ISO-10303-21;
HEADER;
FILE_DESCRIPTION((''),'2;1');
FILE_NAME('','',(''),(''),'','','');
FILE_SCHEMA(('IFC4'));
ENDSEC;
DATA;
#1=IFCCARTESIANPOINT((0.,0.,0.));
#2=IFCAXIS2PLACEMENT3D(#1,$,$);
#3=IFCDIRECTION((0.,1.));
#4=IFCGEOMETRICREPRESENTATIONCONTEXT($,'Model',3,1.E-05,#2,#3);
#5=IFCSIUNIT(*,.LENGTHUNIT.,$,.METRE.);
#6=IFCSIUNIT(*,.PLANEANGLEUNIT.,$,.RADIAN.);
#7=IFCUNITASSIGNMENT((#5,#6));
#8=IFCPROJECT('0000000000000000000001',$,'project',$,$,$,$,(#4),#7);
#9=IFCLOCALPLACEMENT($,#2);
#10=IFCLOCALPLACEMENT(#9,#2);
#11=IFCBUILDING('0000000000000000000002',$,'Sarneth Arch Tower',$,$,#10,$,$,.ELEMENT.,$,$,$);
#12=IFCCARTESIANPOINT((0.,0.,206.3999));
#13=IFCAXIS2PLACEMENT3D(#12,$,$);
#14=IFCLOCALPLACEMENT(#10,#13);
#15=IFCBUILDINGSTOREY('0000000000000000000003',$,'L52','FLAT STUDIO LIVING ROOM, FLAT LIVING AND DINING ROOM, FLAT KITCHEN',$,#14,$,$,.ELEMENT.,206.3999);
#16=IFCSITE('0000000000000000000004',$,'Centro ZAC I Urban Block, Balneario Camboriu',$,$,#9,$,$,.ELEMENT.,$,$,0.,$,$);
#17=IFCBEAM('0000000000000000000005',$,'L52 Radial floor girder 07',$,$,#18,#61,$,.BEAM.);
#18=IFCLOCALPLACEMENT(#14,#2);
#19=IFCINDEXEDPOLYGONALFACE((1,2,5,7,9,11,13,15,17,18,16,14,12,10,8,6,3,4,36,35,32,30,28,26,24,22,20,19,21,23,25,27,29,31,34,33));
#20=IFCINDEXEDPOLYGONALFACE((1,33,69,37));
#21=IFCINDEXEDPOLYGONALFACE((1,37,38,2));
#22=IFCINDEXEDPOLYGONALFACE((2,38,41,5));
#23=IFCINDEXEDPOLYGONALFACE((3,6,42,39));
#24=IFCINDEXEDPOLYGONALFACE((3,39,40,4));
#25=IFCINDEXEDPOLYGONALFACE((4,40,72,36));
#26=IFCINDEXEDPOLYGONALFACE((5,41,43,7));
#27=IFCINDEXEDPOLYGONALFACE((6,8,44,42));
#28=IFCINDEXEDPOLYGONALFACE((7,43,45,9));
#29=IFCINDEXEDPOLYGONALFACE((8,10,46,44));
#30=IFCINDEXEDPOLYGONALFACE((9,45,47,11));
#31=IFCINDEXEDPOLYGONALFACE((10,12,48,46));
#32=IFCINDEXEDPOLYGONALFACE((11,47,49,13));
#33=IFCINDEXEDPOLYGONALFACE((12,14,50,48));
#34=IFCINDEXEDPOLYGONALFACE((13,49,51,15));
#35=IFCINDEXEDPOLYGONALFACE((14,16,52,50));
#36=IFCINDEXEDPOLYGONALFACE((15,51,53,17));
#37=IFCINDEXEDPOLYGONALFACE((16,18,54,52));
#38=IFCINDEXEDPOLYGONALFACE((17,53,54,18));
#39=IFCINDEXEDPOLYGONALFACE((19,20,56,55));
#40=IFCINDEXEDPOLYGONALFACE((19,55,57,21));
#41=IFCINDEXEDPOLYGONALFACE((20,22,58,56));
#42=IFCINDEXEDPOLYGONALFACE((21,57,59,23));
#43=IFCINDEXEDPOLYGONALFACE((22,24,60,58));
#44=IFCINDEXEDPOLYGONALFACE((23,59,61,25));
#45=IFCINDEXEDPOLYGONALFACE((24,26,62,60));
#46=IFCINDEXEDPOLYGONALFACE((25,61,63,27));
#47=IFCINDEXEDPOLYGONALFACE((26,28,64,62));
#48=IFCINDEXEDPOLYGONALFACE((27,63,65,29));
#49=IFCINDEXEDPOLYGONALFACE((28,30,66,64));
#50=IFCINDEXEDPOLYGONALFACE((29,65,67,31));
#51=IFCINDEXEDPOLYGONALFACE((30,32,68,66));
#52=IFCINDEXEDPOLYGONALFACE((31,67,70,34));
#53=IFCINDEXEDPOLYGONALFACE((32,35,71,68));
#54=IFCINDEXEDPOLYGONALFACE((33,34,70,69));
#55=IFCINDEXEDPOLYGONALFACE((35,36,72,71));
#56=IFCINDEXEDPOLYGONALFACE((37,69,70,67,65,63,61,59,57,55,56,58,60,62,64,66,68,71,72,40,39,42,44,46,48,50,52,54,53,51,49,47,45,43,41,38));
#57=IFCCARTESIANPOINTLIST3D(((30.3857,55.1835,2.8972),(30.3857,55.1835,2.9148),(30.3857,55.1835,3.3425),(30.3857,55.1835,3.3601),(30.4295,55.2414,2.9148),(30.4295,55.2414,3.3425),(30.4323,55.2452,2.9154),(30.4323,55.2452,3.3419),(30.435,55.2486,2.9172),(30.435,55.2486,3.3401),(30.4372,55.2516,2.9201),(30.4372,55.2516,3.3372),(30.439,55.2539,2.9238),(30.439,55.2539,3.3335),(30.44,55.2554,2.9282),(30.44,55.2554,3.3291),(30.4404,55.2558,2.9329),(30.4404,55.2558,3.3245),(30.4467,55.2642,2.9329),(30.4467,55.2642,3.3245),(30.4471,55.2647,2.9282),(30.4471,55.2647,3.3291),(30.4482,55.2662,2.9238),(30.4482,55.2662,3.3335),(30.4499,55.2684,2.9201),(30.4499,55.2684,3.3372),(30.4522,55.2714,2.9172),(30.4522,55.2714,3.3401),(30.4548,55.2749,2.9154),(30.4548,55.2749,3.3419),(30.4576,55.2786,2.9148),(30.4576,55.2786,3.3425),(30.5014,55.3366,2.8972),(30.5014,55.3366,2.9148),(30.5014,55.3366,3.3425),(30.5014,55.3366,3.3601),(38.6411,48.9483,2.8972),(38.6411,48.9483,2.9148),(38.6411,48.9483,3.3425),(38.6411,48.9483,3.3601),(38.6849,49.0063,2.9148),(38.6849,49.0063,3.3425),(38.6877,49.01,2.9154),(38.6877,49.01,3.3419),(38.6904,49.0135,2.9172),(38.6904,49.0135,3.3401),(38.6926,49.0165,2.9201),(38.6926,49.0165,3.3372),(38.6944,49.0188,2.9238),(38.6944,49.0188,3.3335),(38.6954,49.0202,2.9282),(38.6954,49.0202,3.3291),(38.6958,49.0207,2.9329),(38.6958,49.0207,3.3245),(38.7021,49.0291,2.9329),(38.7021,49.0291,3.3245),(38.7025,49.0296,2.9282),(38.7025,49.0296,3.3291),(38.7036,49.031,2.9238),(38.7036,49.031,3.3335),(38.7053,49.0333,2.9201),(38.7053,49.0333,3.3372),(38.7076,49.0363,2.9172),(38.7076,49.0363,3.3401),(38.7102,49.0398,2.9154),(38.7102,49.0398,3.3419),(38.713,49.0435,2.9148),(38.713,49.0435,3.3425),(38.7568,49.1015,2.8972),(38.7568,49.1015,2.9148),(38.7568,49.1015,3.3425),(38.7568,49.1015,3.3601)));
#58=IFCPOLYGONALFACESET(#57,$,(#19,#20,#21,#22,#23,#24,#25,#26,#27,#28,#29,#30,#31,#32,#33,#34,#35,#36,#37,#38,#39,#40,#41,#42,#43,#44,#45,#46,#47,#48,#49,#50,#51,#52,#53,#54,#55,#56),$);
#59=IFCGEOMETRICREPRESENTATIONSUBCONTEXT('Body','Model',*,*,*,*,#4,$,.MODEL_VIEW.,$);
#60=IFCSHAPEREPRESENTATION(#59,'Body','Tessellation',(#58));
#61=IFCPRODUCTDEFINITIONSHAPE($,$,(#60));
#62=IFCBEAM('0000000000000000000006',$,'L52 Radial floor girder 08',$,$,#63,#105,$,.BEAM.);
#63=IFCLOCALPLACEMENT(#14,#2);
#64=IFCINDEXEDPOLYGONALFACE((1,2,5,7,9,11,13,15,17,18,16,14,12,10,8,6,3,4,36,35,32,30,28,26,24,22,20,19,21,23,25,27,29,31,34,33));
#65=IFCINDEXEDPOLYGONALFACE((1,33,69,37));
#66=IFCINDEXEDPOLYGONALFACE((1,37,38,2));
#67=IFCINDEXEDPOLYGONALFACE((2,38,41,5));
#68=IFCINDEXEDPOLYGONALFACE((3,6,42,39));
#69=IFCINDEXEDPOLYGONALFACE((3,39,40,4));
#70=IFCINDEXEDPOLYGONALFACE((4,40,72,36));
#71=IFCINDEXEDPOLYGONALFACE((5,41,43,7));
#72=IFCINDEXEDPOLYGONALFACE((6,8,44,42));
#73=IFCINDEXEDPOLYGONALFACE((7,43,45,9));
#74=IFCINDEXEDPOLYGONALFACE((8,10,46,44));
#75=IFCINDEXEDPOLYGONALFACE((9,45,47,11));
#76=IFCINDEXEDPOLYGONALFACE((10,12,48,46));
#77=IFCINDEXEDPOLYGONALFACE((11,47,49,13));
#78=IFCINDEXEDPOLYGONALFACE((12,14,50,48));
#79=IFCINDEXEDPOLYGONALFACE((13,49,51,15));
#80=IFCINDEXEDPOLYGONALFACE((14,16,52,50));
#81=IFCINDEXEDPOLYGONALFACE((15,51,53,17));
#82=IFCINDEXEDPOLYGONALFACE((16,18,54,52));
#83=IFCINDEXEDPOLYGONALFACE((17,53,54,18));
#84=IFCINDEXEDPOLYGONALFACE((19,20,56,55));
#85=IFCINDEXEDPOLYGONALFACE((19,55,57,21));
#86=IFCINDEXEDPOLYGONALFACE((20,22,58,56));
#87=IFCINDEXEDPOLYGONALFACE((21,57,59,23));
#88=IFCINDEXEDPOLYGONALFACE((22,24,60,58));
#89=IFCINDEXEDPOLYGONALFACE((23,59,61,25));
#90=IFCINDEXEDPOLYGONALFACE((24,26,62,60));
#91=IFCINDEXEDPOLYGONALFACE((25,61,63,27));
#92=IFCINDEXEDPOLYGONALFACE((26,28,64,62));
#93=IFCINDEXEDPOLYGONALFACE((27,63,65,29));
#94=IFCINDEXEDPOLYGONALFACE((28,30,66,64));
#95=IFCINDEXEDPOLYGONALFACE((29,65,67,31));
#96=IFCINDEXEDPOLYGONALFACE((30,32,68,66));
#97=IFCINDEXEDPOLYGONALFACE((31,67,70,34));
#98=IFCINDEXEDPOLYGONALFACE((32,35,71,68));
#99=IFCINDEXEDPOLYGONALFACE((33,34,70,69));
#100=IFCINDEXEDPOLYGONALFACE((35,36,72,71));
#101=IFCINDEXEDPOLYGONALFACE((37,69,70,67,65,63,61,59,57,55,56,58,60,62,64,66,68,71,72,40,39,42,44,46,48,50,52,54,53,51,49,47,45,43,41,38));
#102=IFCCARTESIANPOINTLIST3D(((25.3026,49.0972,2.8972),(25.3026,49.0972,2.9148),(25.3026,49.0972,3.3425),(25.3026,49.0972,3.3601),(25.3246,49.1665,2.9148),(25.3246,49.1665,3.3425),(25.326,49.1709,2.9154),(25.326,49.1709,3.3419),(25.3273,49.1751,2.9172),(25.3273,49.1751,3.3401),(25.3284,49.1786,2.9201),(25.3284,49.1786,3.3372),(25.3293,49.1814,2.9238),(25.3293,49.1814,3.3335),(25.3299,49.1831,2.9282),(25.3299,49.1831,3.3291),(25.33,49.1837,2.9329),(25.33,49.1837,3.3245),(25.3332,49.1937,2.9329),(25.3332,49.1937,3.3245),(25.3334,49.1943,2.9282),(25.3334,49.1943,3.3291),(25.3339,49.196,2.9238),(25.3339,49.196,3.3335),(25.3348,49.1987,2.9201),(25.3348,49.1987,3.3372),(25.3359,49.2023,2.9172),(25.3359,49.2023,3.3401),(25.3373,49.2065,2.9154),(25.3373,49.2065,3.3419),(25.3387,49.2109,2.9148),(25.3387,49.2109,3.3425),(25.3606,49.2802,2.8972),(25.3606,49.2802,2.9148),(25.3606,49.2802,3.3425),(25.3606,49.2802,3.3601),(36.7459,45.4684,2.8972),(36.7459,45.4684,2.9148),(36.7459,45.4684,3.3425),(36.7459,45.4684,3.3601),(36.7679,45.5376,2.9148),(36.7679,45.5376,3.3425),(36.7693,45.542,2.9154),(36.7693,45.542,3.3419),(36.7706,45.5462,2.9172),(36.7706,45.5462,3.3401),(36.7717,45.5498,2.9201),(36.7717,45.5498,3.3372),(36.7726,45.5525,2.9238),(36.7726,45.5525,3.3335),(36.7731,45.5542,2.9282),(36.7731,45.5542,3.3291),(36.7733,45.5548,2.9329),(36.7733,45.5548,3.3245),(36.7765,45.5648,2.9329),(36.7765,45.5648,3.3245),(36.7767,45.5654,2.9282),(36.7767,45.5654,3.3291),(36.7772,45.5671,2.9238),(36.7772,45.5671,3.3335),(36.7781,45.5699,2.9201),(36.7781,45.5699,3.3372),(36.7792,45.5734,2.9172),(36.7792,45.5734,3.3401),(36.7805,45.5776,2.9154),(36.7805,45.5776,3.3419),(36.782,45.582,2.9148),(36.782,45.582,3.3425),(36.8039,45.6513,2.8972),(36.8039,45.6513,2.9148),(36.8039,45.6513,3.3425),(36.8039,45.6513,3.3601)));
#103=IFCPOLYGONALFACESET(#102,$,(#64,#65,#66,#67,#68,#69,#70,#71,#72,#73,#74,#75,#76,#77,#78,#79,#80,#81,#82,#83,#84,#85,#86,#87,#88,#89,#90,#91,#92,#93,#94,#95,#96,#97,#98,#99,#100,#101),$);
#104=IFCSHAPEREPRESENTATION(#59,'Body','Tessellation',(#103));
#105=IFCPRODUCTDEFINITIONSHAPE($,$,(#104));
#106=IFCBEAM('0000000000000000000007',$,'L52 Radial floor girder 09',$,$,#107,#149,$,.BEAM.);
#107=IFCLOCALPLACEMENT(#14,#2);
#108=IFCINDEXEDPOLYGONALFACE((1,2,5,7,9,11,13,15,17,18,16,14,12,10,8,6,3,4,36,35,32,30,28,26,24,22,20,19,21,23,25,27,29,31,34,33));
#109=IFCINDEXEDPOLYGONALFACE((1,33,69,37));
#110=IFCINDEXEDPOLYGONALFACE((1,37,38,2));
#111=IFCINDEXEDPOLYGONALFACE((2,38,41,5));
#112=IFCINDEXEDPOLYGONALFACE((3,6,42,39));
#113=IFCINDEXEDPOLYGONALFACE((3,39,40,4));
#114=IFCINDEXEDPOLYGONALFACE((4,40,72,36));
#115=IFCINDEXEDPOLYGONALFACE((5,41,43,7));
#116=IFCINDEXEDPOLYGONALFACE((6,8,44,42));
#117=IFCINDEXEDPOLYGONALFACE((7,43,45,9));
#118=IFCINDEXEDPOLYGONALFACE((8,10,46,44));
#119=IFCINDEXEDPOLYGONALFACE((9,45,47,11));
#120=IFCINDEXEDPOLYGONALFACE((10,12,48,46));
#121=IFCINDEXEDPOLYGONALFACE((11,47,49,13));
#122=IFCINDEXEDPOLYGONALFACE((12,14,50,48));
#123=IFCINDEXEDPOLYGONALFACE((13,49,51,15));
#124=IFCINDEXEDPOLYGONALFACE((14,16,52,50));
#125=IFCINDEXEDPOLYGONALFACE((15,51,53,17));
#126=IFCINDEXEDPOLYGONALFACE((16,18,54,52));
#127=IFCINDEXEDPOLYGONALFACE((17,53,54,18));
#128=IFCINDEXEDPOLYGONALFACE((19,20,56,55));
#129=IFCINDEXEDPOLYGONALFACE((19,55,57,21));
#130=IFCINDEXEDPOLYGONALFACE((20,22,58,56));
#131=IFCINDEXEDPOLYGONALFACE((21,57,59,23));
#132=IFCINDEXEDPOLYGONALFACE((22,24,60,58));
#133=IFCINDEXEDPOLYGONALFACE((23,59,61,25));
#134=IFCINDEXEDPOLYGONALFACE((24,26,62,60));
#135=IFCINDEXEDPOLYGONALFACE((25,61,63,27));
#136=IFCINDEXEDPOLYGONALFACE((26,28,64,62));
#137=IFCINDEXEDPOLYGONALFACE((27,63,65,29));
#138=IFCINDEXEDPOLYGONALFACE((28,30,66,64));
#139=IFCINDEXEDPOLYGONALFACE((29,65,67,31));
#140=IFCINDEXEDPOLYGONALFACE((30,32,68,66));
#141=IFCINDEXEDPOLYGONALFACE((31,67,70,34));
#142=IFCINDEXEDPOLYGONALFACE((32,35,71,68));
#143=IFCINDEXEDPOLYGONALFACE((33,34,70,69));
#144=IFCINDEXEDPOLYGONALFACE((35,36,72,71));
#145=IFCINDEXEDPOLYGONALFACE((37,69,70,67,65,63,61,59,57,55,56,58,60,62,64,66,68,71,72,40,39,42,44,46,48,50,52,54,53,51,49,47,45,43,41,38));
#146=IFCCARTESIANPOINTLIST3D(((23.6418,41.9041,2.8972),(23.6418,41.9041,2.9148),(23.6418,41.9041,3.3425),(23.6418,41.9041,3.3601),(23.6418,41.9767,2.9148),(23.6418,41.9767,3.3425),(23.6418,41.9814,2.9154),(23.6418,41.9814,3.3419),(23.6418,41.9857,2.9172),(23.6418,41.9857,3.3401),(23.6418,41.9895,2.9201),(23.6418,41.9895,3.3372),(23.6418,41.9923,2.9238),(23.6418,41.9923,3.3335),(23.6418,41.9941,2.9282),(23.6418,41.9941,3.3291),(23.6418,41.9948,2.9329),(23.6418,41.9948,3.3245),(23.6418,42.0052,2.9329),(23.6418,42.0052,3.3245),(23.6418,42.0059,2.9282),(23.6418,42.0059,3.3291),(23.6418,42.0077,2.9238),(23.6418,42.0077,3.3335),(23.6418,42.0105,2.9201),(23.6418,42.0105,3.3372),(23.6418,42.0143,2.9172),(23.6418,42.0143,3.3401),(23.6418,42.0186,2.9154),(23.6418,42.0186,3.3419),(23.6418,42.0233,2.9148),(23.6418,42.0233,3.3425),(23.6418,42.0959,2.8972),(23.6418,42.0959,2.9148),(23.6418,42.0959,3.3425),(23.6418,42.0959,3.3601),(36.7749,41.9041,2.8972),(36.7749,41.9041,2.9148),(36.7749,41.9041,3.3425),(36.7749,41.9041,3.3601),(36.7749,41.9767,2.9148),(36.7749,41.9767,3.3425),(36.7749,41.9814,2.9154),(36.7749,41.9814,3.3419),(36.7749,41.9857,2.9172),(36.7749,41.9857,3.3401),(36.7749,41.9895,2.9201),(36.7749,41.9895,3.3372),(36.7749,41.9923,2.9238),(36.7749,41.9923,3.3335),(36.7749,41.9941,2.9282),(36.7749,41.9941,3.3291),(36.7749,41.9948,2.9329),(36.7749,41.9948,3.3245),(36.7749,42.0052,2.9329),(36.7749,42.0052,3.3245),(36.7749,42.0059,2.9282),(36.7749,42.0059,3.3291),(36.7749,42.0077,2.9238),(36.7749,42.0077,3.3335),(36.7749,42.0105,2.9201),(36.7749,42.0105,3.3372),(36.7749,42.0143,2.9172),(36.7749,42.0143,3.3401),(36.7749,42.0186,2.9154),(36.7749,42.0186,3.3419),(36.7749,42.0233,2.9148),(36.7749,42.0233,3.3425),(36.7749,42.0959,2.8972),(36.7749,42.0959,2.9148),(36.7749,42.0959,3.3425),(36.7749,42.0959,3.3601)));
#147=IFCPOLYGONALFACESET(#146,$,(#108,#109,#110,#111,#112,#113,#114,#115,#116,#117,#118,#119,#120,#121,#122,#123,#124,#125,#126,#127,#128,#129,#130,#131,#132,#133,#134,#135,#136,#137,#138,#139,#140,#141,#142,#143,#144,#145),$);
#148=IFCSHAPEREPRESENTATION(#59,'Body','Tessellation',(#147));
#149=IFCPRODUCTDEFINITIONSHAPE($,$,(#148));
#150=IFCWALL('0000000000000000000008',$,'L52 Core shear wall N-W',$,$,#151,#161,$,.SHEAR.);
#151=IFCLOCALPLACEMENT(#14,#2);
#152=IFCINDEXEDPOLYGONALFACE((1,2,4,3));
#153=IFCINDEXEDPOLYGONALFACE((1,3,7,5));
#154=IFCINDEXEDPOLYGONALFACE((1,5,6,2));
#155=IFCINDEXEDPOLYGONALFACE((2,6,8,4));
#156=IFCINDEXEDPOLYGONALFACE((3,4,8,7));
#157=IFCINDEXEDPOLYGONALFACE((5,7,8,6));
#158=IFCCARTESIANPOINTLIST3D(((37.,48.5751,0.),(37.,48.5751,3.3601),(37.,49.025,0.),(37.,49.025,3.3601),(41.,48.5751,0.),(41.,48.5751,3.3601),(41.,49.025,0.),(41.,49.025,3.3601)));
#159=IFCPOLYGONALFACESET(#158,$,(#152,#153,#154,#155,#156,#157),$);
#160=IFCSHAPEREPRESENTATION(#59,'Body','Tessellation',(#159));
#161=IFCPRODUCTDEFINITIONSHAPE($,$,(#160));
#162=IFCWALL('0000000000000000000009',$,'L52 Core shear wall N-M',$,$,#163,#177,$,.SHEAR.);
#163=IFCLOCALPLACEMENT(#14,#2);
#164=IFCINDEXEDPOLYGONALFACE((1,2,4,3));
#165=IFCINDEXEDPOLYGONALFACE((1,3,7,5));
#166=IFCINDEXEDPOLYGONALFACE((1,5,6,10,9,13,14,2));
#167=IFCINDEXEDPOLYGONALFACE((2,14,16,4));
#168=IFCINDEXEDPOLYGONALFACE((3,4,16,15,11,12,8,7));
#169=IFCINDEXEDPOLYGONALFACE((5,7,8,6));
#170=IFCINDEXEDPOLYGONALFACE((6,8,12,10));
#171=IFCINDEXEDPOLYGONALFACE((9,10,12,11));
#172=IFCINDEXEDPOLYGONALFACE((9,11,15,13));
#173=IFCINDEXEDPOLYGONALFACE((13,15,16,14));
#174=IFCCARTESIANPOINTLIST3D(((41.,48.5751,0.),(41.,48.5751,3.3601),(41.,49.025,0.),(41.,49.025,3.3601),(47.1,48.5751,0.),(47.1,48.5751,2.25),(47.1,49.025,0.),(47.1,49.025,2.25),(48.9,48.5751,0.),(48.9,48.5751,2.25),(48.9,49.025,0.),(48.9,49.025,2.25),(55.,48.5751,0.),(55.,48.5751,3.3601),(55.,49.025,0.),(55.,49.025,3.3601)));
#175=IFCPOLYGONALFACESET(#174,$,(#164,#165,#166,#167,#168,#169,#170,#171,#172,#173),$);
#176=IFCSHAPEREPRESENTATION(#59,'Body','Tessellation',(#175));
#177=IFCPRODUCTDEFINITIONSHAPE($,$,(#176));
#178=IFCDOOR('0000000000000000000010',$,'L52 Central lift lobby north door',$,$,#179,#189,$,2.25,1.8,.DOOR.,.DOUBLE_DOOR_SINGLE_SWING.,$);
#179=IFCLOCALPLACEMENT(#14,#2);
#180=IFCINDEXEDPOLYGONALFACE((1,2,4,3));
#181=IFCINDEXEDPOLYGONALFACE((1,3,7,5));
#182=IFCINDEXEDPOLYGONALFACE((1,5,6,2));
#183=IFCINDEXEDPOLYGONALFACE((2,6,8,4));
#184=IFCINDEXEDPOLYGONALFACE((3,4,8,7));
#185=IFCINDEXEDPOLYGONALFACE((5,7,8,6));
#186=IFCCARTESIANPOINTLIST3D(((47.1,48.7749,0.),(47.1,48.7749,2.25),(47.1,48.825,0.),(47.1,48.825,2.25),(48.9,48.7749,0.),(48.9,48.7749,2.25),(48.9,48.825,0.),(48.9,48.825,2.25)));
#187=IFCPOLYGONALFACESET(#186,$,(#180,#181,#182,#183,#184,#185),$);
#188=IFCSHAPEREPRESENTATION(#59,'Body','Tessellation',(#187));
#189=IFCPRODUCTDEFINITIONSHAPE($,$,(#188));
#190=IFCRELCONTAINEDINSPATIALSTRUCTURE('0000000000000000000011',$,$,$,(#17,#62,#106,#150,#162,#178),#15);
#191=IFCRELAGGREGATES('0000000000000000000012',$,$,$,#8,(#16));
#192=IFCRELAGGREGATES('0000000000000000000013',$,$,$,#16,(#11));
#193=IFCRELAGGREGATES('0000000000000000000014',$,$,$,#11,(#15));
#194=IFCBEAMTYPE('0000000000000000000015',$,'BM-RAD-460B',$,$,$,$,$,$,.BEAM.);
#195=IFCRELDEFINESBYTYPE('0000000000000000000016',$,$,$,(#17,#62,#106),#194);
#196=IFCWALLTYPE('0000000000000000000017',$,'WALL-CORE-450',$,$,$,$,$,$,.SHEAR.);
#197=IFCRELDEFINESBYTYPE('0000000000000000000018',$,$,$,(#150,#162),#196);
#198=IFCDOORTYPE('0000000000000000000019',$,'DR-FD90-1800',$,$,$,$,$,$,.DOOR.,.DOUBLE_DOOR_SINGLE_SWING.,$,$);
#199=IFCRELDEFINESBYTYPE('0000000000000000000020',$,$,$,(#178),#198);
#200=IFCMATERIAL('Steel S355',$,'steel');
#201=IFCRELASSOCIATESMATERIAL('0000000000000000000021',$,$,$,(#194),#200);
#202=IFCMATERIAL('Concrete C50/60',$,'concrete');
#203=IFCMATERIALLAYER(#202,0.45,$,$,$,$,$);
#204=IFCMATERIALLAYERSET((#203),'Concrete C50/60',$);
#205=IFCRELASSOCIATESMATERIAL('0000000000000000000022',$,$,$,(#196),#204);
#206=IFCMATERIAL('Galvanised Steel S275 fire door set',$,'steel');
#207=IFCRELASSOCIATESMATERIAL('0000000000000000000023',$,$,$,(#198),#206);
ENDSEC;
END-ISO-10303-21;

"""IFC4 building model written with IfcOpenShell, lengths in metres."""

from ifc_helpers import new_model, si_unit, direction, frame, frame_2d, origin, origin_2d, place, context, subcontext, project, spatial, rectangle, i_section, extrude, material, layer, layer_set, material_profile, profile_set, type_object, element, fill, save


model = new_model("IFC4")

# Units and contexts
model_context = context("Model", 3, precision=1e-05, world=origin(), true_north=direction((0.0, 1.0)))
body_context = subcontext(model_context, "Body", "Model", "MODEL_VIEW")
ifc_project = project(units=[si_unit("LENGTHUNIT", "METRE"), si_unit("PLANEANGLEUNIT", "RADIAN")], contexts=[model_context])

# Site, building, storey
site_placement = place(None, origin())
site = spatial("IfcSite", under=ifc_project, at=site_placement, Name="Centro ZAC I Urban Block, Balneario Camboriu", CompositionType="ELEMENT", RefElevation=0.0)
building_placement = place(site_placement, origin())
building = spatial("IfcBuilding", under=site, at=building_placement, Name="Sarneth Arch Tower", CompositionType="ELEMENT")
storey_placement = place(building_placement, frame((0.0, 0.0, 206.3999)))
storey = spatial("IfcBuildingStorey", under=building, at=storey_placement, Name="L52", Description="FLAT STUDIO LIVING ROOM, FLAT LIVING AND DINING ROOM, FLAT KITCHEN", CompositionType="ELEMENT", Elevation=206.3999)

# Beams
ifc_material_1 = material(Name="Steel S355", Category="steel")
ifc_material_profile_1 = material_profile(ifc_material_1, i_section(OverallWidth=0.1919, OverallDepth=0.4629, WebThickness=0.0105, FlangeThickness=0.0176, FilletRadius=0.0181, at=origin_2d()), Name="W460x89")
ifc_profile_set_1 = profile_set([ifc_material_profile_1], Name="Steel S355")
beam_type_1 = type_object("IfcBeamType", Name="BM-RAD-460B", PredefinedType="BEAM", material=ifc_profile_set_1)
beam_1_placement = place(storey_placement, frame((38.699, 49.0249, 3.1287), z_axis=(-0.797974, 0.602693, 0.0), x_axis=(-0.602693, -0.797974, 0.0)))
element("IfcBeam", 1, at=beam_1_placement, inside=storey, type_object=beam_type_1, Name="L52 Radial floor girder 07", PredefinedType="BEAM", context=body_context, shape_type="SweptSolid", body=[
    extrude(i_section(OverallWidth=0.1919, OverallDepth=0.4629, WebThickness=0.0105, FlangeThickness=0.0176, FilletRadius=0.0181, at=origin_2d()), origin(), (0.0, 0.0, 1.0), 10.3455),
])
beam_2_placement = place(storey_placement, frame((36.7749, 45.5598, 3.1287), z_axis=(-0.953218, 0.302284, 0.0), x_axis=(-0.302284, -0.953218, 0.0)))
element("IfcBeam", 2, at=beam_2_placement, inside=storey, type_object=beam_type_1, Name="L52 Radial floor girder 08", PredefinedType="BEAM", context=body_context, shape_type="SweptSolid", body=[
    extrude(i_section(OverallWidth=0.1919, OverallDepth=0.4629, WebThickness=0.0105, FlangeThickness=0.0176, FilletRadius=0.0181, at=origin_2d()), origin(), (0.0, 0.0, 1.0), 12.0049),
])
beam_3_placement = place(storey_placement, frame((36.7749, 42.0, 3.1287), z_axis=(-1.0, 0.0, 0.0), x_axis=(0.0, -1.0, 0.0)))
element("IfcBeam", 3, at=beam_3_placement, inside=storey, type_object=beam_type_1, Name="L52 Radial floor girder 09", PredefinedType="BEAM", context=body_context, shape_type="SweptSolid", body=[
    extrude(i_section(OverallWidth=0.1919, OverallDepth=0.4629, WebThickness=0.0105, FlangeThickness=0.0176, FilletRadius=0.0181, at=origin_2d()), origin(), (0.0, 0.0, 1.0), 13.1331),
])

# Wall
ifc_material_2 = material(Name="Concrete C50/60", Category="concrete")
ifc_layer_1 = layer(ifc_material_2, 0.45)
ifc_layer_set_1 = layer_set([ifc_layer_1], Name="Concrete C50/60")
wall_type_1 = type_object("IfcWallType", Name="WALL-CORE-450", PredefinedType="SHEAR", material=ifc_layer_set_1)
wall_1_placement = place(storey_placement, frame((37.0, 48.8, 0.0), z_axis=(0.0, 0.0, 1.0), x_axis=(1.0, 0.0, 0.0)))
element("IfcWall", 4, at=wall_1_placement, inside=storey, type_object=wall_type_1, Name="L52 Core shear wall N-W", PredefinedType="SHEAR", context=body_context, shape_type="SweptSolid", body=[
    extrude(rectangle(XDim=4.0, YDim=0.45, at=frame_2d((2.0, 0.0))), origin(), (0.0, 0.0, 1.0), 3.3601),
])

# Wall, opening, door
wall_2_placement = place(storey_placement, frame((41.0, 48.8, 0.0), z_axis=(0.0, 0.0, 1.0), x_axis=(1.0, 0.0, 0.0)))
wall_2 = element("IfcWall", 5, at=wall_2_placement, inside=storey, type_object=wall_type_1, Name="L52 Core shear wall N-M", PredefinedType="SHEAR", context=body_context, shape_type="SweptSolid", body=[
    extrude(rectangle(XDim=14.0, YDim=0.45, at=frame_2d((7.0, 0.0))), origin(), (0.0, 0.0, 1.0), 3.3601),
])
opening_1_placement = place(wall_2_placement, frame((6.1001, 0.0, 0.0)))
opening_1 = element("IfcOpeningElement", 6, at=opening_1_placement, cuts=wall_2, PredefinedType="OPENING", context=body_context, shape_type="SweptSolid", body=[
    extrude(rectangle(XDim=1.8, YDim=2.25, at=frame_2d((0.8999, 1.125))), frame((0.0, 0.2349, 0.0), z_axis=(0.0, -1.0, 0.0), x_axis=(1.0, 0.0, 0.0)), (0.0, 0.0, 1.0), 0.47),
])
ifc_material_3 = material(Name="Galvanised Steel S275 fire door set", Category="steel")
door_type_1 = type_object("IfcDoorType", Name="DR-FD90-1800", OperationType="DOUBLE_DOOR_SINGLE_SWING", PredefinedType="DOOR", material=ifc_material_3)
door_1_placement = place(opening_1_placement, origin())
door_1 = element("IfcDoor", 7, at=door_1_placement, inside=storey, type_object=door_type_1, Name="L52 Central lift lobby north door", OperationType="DOUBLE_DOOR_SINGLE_SWING", OverallHeight=2.25, OverallWidth=1.8, PredefinedType="DOOR", context=body_context, shape_type="SweptSolid", body=[
    extrude(rectangle(XDim=1.8, YDim=2.25, at=frame_2d((0.8999, 1.125))), frame((0.0, 0.0249, 0.0), z_axis=(0.0, -1.0, 0.0), x_axis=(1.0, 0.0, 0.0)), (0.0, 0.0, 1.0), 0.05),
])
fill(opening_1, door_1)

save(model, "model.ifc")
